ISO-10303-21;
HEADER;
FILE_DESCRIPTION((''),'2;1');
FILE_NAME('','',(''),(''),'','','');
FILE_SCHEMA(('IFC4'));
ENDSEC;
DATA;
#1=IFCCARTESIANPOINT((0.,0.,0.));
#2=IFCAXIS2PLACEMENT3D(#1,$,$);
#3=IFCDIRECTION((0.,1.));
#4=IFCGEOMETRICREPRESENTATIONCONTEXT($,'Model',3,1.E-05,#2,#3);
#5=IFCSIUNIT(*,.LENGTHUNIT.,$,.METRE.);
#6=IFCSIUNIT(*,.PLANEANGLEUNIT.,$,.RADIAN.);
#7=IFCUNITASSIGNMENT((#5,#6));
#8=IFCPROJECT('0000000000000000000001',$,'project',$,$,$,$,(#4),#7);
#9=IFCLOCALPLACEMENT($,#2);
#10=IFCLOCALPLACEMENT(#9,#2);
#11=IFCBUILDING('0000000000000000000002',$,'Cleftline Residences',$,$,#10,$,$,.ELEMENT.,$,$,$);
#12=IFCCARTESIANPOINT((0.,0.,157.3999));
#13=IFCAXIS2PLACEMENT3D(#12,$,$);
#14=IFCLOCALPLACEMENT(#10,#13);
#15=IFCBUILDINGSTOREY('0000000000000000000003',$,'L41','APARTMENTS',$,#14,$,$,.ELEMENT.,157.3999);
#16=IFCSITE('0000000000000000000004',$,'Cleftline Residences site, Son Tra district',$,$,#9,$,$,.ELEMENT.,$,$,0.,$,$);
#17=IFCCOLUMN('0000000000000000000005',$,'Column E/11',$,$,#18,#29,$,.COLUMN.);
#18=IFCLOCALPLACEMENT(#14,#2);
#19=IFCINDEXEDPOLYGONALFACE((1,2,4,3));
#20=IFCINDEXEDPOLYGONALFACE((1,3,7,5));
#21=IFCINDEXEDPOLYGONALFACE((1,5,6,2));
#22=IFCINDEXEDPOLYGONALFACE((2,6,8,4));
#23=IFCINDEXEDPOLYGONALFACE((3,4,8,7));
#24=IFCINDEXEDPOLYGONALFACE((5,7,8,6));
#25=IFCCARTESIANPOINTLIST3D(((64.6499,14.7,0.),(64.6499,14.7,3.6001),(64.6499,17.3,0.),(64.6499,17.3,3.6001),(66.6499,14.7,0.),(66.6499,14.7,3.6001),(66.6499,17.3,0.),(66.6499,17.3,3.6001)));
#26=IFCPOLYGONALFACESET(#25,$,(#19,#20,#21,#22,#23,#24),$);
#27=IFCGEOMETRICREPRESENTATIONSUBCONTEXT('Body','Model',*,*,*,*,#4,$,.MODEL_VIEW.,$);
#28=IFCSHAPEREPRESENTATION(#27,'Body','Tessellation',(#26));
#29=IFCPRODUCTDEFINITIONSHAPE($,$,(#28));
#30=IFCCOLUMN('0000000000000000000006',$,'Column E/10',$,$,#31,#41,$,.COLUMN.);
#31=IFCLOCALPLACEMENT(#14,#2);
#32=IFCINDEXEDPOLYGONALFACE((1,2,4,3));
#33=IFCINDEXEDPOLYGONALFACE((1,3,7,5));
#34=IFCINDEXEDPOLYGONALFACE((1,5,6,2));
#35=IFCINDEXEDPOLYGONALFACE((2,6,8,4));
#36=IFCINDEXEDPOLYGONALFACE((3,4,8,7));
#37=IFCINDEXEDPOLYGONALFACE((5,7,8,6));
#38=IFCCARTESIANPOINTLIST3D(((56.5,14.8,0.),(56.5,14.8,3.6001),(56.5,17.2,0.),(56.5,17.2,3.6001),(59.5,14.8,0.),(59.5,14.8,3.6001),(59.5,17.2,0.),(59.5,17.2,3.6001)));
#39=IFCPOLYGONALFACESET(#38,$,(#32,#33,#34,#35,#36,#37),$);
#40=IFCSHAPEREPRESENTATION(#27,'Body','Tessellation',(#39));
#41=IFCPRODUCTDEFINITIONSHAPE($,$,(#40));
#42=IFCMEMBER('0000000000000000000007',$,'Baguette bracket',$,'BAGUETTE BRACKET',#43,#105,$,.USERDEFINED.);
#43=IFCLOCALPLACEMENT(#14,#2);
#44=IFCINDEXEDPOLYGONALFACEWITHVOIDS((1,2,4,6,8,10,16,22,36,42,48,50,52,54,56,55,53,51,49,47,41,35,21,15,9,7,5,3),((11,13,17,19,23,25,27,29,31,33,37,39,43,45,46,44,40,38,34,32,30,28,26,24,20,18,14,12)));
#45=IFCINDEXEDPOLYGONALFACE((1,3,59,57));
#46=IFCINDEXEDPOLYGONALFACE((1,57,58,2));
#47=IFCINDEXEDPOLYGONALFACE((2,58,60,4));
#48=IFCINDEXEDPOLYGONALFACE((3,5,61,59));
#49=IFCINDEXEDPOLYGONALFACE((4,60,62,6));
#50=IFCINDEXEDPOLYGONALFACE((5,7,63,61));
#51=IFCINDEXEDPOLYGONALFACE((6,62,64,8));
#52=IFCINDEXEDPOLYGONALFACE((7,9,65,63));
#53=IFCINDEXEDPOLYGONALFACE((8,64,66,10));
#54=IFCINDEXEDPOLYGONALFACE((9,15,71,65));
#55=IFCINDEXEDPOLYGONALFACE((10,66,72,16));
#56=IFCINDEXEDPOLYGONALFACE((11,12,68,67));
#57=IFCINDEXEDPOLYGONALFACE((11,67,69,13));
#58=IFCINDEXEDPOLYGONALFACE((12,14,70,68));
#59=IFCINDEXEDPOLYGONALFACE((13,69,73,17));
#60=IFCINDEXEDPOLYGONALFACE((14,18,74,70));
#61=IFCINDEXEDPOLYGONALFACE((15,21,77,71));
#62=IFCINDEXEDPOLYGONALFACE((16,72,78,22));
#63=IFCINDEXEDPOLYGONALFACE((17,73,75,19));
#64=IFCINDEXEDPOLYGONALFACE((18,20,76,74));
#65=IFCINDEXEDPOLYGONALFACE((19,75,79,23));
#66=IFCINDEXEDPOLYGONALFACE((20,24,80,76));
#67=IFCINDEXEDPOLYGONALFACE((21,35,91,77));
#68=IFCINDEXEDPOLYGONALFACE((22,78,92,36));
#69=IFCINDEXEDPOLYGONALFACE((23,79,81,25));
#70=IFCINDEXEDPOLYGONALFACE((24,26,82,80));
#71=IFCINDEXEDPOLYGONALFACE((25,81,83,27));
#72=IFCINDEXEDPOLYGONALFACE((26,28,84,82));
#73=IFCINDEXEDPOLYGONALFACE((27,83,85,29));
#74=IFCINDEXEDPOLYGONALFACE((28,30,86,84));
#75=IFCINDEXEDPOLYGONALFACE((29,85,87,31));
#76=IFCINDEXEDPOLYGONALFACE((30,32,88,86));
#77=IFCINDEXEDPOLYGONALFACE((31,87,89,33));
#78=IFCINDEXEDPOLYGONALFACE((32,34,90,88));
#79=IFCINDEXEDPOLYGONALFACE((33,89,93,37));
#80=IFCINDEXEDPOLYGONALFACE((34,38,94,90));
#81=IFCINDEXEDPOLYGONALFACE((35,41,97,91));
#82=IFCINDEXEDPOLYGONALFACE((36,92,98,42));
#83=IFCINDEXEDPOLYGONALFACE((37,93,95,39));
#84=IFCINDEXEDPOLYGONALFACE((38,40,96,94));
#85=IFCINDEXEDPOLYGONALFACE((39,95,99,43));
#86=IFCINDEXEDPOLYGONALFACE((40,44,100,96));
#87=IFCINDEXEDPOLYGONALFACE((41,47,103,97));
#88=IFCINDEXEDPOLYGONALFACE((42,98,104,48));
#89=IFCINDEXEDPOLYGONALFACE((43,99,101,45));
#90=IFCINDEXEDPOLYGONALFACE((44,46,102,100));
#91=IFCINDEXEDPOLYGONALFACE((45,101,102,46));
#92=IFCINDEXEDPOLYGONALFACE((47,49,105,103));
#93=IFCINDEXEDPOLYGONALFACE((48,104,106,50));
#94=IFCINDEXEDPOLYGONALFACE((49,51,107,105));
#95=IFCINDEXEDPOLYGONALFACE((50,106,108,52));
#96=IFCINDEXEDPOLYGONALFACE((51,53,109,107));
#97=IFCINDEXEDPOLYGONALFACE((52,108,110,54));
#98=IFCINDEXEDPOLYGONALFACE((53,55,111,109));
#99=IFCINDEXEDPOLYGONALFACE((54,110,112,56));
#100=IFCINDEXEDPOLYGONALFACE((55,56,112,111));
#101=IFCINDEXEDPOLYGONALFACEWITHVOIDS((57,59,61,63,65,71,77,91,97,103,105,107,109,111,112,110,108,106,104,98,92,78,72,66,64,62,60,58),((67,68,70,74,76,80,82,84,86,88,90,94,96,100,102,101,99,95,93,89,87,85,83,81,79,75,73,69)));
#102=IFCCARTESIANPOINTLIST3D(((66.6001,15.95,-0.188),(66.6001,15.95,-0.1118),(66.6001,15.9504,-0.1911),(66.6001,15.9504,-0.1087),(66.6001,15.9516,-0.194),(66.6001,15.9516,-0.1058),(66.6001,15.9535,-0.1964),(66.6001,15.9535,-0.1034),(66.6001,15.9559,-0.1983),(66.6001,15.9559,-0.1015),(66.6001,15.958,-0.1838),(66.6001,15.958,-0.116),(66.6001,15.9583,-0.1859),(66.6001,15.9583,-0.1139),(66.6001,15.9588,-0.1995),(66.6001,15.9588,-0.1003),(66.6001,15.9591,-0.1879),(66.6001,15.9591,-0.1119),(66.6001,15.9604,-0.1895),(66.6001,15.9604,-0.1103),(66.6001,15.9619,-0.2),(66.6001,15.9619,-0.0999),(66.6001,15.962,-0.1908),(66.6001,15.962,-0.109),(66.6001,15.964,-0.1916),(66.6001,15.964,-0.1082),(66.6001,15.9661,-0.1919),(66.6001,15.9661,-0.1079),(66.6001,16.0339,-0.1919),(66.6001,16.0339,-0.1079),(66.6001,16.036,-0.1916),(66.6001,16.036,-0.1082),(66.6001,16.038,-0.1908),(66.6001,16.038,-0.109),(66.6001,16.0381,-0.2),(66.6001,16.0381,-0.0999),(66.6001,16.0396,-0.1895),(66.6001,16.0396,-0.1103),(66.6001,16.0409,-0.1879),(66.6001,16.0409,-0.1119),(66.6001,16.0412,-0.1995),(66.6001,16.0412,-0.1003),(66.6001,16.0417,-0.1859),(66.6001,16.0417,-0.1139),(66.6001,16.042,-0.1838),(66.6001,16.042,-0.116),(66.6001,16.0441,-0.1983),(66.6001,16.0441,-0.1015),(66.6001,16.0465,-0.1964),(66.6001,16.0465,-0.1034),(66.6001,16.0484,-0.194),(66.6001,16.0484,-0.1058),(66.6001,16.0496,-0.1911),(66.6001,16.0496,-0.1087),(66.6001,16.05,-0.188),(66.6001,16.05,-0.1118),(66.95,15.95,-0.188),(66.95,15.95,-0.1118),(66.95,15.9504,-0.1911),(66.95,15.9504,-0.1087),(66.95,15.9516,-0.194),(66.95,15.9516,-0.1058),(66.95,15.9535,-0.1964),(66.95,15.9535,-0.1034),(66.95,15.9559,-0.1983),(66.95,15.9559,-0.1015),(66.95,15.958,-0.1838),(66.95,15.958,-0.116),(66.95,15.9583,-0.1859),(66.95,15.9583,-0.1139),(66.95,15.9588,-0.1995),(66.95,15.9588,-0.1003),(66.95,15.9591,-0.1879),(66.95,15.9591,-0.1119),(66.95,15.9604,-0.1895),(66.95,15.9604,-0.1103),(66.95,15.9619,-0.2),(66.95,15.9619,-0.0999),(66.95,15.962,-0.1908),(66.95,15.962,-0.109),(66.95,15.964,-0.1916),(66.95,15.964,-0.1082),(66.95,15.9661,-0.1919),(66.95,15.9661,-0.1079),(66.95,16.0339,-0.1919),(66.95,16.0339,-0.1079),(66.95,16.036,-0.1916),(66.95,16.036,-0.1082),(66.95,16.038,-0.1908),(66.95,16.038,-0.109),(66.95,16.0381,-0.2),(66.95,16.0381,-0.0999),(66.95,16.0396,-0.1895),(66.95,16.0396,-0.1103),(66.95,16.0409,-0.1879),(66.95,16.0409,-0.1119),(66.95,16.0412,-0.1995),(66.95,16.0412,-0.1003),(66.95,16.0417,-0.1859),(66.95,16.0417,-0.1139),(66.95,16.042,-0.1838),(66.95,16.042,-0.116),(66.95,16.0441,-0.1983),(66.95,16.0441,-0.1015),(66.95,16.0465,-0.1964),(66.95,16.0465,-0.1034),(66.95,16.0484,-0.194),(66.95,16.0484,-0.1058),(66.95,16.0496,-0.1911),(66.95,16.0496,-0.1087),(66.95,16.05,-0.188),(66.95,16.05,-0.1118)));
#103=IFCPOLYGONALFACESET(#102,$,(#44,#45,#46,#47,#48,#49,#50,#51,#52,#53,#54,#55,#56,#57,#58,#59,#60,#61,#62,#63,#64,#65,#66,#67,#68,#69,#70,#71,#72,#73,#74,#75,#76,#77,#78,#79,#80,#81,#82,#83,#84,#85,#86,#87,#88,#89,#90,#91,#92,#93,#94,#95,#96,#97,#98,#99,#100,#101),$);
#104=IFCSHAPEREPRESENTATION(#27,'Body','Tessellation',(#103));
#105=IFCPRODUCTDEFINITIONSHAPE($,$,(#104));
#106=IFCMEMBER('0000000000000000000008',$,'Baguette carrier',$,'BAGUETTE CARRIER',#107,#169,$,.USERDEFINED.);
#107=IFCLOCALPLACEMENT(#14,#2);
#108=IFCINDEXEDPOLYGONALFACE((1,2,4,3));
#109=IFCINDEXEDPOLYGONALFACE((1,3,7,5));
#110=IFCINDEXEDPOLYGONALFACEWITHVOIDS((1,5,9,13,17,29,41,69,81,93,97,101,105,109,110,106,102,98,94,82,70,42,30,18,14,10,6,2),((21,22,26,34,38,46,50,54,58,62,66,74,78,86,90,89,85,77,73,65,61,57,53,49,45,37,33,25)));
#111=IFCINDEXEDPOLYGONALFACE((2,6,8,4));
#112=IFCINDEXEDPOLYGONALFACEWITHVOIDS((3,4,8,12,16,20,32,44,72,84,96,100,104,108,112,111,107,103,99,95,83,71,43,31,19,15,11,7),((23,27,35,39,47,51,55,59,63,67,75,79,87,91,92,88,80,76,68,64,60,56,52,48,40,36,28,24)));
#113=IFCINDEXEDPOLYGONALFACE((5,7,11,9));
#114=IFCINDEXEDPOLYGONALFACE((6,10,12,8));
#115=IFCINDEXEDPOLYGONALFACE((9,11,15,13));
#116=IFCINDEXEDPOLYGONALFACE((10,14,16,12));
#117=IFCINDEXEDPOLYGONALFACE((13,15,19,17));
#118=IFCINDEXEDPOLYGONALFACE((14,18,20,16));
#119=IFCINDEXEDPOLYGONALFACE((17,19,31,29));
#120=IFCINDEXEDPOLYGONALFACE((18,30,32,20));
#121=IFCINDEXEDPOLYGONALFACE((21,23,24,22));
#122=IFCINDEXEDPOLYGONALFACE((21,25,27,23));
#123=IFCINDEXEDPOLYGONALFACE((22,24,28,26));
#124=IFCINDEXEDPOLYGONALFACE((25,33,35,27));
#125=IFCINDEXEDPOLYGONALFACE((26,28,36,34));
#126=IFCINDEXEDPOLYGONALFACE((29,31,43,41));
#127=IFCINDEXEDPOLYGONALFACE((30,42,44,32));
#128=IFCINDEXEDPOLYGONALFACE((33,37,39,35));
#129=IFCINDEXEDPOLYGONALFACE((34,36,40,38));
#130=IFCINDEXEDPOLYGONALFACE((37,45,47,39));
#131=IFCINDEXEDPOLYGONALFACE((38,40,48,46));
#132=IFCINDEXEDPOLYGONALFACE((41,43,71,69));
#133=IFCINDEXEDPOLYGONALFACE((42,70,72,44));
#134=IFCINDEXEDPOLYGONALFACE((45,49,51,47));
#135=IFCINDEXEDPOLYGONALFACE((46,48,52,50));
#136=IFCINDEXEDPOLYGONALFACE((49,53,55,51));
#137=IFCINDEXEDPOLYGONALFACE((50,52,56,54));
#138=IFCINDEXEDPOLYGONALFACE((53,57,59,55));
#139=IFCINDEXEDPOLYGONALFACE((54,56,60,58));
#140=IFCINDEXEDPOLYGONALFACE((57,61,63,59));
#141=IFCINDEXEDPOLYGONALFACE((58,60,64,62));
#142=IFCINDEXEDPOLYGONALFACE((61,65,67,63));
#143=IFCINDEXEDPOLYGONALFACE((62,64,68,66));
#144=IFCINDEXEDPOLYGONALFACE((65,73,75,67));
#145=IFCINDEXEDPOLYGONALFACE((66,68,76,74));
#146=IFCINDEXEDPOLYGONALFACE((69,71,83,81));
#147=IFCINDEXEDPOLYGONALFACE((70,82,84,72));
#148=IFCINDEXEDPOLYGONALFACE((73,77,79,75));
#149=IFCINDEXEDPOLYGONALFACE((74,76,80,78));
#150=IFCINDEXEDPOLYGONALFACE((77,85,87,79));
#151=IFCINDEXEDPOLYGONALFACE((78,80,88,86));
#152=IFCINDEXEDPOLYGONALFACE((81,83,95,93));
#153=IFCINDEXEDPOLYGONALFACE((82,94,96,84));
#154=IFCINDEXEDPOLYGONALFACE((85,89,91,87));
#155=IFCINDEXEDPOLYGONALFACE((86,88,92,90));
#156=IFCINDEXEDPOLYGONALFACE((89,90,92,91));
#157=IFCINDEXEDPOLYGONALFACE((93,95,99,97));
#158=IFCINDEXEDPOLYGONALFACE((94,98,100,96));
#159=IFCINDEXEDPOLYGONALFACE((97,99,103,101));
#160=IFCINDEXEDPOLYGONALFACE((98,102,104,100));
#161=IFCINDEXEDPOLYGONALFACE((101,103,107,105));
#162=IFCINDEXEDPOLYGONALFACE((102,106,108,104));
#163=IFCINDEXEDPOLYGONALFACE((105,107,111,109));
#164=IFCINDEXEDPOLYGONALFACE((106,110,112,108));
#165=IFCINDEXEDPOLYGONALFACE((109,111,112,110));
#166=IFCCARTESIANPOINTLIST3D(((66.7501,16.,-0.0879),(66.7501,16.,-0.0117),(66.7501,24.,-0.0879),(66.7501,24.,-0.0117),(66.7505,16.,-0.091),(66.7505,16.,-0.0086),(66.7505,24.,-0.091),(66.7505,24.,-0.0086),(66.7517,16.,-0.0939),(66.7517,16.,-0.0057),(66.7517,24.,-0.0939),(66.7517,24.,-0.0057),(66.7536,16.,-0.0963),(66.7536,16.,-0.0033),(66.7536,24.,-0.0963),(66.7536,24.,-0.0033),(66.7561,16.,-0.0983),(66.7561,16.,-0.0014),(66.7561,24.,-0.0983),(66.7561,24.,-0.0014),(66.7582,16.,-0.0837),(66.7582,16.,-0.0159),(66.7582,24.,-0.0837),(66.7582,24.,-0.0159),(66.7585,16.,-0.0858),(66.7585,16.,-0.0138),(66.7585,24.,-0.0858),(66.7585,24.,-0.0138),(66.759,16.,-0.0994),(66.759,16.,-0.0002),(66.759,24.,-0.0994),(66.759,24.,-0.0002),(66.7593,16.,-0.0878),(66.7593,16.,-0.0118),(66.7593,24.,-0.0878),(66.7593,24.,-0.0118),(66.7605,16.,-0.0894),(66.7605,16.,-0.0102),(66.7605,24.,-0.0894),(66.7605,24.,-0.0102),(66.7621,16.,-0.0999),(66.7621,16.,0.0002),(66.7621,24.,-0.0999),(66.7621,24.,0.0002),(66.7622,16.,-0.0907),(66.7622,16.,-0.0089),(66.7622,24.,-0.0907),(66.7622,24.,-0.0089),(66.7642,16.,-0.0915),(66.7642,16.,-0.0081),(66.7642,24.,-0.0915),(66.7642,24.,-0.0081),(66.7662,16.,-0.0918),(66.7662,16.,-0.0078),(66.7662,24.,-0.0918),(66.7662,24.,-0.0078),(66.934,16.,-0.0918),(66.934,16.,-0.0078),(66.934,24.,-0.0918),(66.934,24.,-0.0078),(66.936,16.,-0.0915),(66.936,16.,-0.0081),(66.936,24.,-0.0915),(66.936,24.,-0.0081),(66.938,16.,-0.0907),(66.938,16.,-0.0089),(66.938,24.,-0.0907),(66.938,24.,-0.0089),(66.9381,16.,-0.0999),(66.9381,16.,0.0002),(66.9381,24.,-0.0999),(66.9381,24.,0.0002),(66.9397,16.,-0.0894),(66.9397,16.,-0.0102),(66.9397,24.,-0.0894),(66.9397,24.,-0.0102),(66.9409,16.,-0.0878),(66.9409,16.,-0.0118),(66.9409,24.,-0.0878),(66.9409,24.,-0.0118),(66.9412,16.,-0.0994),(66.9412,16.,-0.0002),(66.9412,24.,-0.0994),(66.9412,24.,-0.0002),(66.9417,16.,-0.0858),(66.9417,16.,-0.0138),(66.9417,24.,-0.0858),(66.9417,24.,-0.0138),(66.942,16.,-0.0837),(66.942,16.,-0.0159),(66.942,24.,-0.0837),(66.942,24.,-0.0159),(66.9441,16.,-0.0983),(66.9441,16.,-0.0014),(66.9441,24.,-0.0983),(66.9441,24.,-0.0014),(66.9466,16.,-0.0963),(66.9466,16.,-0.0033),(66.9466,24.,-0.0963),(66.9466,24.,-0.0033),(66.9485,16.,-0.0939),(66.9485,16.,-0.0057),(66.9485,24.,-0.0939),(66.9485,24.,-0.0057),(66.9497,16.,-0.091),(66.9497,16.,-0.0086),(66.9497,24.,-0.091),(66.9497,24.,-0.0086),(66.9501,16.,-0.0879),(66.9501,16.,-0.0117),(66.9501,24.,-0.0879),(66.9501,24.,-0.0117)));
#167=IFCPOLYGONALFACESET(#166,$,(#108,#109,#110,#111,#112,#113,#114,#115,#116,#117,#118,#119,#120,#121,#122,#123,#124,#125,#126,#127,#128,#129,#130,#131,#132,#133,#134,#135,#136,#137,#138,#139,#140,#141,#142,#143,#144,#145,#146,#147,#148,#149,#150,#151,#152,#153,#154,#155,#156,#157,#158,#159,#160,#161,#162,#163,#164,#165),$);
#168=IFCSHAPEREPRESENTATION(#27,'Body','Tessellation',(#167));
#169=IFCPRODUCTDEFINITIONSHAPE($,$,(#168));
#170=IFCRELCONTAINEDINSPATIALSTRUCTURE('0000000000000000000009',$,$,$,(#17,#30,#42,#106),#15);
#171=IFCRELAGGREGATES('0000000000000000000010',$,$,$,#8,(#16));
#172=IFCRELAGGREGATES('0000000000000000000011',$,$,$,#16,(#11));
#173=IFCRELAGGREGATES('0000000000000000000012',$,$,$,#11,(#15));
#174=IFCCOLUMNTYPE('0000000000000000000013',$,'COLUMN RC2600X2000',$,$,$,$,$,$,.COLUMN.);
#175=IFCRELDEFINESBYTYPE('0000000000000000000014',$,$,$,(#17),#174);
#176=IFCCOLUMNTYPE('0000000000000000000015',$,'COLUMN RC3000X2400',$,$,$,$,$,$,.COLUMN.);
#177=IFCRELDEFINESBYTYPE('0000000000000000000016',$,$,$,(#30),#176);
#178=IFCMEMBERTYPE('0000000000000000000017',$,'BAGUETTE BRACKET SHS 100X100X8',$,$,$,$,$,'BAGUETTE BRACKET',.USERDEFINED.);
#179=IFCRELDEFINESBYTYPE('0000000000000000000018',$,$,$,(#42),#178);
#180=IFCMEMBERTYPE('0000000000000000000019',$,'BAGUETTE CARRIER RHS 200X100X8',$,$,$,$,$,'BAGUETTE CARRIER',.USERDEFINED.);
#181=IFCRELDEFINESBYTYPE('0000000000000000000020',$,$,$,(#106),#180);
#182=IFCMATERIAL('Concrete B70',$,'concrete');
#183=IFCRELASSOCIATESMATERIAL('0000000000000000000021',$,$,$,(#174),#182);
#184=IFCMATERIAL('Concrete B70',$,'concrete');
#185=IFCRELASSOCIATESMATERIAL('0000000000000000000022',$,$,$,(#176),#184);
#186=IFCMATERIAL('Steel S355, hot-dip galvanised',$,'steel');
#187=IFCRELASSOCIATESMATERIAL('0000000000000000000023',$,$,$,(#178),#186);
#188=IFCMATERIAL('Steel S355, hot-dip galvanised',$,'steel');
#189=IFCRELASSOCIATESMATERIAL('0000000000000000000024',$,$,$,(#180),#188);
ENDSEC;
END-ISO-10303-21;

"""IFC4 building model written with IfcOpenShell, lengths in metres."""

from ifc_helpers import new_model, si_unit, direction, frame, origin, origin_2d, place, context, subcontext, project, spatial, rectangle, hollow_rectangle, extrude, material, material_profile, profile_set, type_object, element, save


model = new_model("IFC4")

# Units and contexts
model_context = context("Model", 3, precision=1e-05, world=origin(), true_north=direction((0.0, 1.0)))
body_context = subcontext(model_context, "Body", "Model", "MODEL_VIEW")
ifc_project = project(units=[si_unit("LENGTHUNIT", "METRE"), si_unit("PLANEANGLEUNIT", "RADIAN")], contexts=[model_context])

# Site, building, storey
site_placement = place(None, origin())
site = spatial("IfcSite", under=ifc_project, at=site_placement, Name="Cleftline Residences site, Son Tra district", CompositionType="ELEMENT", RefElevation=0.0)
building_placement = place(site_placement, origin())
building = spatial("IfcBuilding", under=site, at=building_placement, Name="Cleftline Residences", CompositionType="ELEMENT")
storey_placement = place(building_placement, frame((0.0, 0.0, 157.3999)))
storey = spatial("IfcBuildingStorey", under=building, at=storey_placement, Name="L41", Description="APARTMENTS", CompositionType="ELEMENT", Elevation=157.3999)

# Columns
ifc_material_1 = material(Name="Concrete B70", Category="concrete")
ifc_material_profile_1 = material_profile(ifc_material_1, rectangle(XDim=2.6001, YDim=2.0, at=origin_2d()))
ifc_profile_set_1 = profile_set([ifc_material_profile_1], Name="Concrete B70")
column_type_1 = type_object("IfcColumnType", Name="COLUMN RC2600X2000", PredefinedType="COLUMN", material=ifc_profile_set_1)
column_1_placement = place(storey_placement, frame((65.6499, 16.0, 0.0), z_axis=(0.0, 0.0, 1.0), x_axis=(0.0, 1.0, 0.0)))
element("IfcColumn", 1, at=column_1_placement, inside=storey, type_object=column_type_1, Name="Column E/11", PredefinedType="COLUMN", context=body_context, shape_type="SweptSolid", body=[
    extrude(rectangle(XDim=2.6001, YDim=2.0, at=origin_2d()), origin(), (0.0, 0.0, 1.0), 3.6001),
])
ifc_material_2 = material(Name="Concrete B70", Category="concrete")
ifc_material_profile_2 = material_profile(ifc_material_2, rectangle(XDim=3.0, YDim=2.3999, at=origin_2d()))
ifc_profile_set_2 = profile_set([ifc_material_profile_2], Name="Concrete B70")
column_type_2 = type_object("IfcColumnType", Name="COLUMN RC3000X2400", PredefinedType="COLUMN", material=ifc_profile_set_2)
column_2_placement = place(storey_placement, frame((58.0, 16.0, 0.0), z_axis=(0.0, 0.0, 1.0), x_axis=(1.0, 0.0, 0.0)))
element("IfcColumn", 2, at=column_2_placement, inside=storey, type_object=column_type_2, Name="Column E/10", PredefinedType="COLUMN", context=body_context, shape_type="SweptSolid", body=[
    extrude(rectangle(XDim=3.0, YDim=2.3999, at=origin_2d()), origin(), (0.0, 0.0, 1.0), 3.6001),
])

# Members
ifc_material_3 = material(Name="Steel S355, hot-dip galvanised", Category="steel")
ifc_material_profile_3 = material_profile(ifc_material_3, hollow_rectangle(XDim=0.1001, YDim=0.1001, WallThickness=0.0081, InnerFilletRadius=0.0081, OuterFilletRadius=0.012, at=origin_2d()))
ifc_profile_set_3 = profile_set([ifc_material_profile_3], Name="Steel S355, hot-dip galvanised")
member_type_1 = type_object("IfcMemberType", Name="BAGUETTE BRACKET SHS 100X100X8", ElementType="BAGUETTE BRACKET", PredefinedType="USERDEFINED", material=ifc_profile_set_3)
member_1_placement = place(storey_placement, frame((66.6001, 16.0, -0.1499), z_axis=(1.0, 0.0, 0.0), x_axis=(0.0, 1.0, 0.0)))
element("IfcMember", 3, at=member_1_placement, inside=storey, type_object=member_type_1, Name="Baguette bracket", ObjectType="BAGUETTE BRACKET", PredefinedType="USERDEFINED", context=body_context, shape_type="SweptSolid", body=[
    extrude(hollow_rectangle(XDim=0.1001, YDim=0.1001, WallThickness=0.0081, InnerFilletRadius=0.0081, OuterFilletRadius=0.012, at=origin_2d()), origin(), (0.0, 0.0, 1.0), 0.3499),
])
ifc_material_4 = material(Name="Steel S355, hot-dip galvanised", Category="steel")
ifc_material_profile_4 = material_profile(ifc_material_4, hollow_rectangle(XDim=0.1001, YDim=0.2, WallThickness=0.0081, InnerFilletRadius=0.0081, OuterFilletRadius=0.012, at=origin_2d()))
ifc_profile_set_4 = profile_set([ifc_material_profile_4], Name="Steel S355, hot-dip galvanised")
member_type_2 = type_object("IfcMemberType", Name="BAGUETTE CARRIER RHS 200X100X8", ElementType="BAGUETTE CARRIER", PredefinedType="USERDEFINED", material=ifc_profile_set_4)
member_2_placement = place(storey_placement, frame((66.8501, 16.0, -0.0498), z_axis=(0.0, 1.0, 0.0), x_axis=(0.0, 0.0, 1.0)))
element("IfcMember", 4, at=member_2_placement, inside=storey, type_object=member_type_2, Name="Baguette carrier", ObjectType="BAGUETTE CARRIER", PredefinedType="USERDEFINED", context=body_context, shape_type="SweptSolid", body=[
    extrude(hollow_rectangle(XDim=0.1001, YDim=0.2, WallThickness=0.0081, InnerFilletRadius=0.0081, OuterFilletRadius=0.012, at=origin_2d()), origin(), (0.0, 0.0, 1.0), 8.0),
])

save(model, "model.ifc")
